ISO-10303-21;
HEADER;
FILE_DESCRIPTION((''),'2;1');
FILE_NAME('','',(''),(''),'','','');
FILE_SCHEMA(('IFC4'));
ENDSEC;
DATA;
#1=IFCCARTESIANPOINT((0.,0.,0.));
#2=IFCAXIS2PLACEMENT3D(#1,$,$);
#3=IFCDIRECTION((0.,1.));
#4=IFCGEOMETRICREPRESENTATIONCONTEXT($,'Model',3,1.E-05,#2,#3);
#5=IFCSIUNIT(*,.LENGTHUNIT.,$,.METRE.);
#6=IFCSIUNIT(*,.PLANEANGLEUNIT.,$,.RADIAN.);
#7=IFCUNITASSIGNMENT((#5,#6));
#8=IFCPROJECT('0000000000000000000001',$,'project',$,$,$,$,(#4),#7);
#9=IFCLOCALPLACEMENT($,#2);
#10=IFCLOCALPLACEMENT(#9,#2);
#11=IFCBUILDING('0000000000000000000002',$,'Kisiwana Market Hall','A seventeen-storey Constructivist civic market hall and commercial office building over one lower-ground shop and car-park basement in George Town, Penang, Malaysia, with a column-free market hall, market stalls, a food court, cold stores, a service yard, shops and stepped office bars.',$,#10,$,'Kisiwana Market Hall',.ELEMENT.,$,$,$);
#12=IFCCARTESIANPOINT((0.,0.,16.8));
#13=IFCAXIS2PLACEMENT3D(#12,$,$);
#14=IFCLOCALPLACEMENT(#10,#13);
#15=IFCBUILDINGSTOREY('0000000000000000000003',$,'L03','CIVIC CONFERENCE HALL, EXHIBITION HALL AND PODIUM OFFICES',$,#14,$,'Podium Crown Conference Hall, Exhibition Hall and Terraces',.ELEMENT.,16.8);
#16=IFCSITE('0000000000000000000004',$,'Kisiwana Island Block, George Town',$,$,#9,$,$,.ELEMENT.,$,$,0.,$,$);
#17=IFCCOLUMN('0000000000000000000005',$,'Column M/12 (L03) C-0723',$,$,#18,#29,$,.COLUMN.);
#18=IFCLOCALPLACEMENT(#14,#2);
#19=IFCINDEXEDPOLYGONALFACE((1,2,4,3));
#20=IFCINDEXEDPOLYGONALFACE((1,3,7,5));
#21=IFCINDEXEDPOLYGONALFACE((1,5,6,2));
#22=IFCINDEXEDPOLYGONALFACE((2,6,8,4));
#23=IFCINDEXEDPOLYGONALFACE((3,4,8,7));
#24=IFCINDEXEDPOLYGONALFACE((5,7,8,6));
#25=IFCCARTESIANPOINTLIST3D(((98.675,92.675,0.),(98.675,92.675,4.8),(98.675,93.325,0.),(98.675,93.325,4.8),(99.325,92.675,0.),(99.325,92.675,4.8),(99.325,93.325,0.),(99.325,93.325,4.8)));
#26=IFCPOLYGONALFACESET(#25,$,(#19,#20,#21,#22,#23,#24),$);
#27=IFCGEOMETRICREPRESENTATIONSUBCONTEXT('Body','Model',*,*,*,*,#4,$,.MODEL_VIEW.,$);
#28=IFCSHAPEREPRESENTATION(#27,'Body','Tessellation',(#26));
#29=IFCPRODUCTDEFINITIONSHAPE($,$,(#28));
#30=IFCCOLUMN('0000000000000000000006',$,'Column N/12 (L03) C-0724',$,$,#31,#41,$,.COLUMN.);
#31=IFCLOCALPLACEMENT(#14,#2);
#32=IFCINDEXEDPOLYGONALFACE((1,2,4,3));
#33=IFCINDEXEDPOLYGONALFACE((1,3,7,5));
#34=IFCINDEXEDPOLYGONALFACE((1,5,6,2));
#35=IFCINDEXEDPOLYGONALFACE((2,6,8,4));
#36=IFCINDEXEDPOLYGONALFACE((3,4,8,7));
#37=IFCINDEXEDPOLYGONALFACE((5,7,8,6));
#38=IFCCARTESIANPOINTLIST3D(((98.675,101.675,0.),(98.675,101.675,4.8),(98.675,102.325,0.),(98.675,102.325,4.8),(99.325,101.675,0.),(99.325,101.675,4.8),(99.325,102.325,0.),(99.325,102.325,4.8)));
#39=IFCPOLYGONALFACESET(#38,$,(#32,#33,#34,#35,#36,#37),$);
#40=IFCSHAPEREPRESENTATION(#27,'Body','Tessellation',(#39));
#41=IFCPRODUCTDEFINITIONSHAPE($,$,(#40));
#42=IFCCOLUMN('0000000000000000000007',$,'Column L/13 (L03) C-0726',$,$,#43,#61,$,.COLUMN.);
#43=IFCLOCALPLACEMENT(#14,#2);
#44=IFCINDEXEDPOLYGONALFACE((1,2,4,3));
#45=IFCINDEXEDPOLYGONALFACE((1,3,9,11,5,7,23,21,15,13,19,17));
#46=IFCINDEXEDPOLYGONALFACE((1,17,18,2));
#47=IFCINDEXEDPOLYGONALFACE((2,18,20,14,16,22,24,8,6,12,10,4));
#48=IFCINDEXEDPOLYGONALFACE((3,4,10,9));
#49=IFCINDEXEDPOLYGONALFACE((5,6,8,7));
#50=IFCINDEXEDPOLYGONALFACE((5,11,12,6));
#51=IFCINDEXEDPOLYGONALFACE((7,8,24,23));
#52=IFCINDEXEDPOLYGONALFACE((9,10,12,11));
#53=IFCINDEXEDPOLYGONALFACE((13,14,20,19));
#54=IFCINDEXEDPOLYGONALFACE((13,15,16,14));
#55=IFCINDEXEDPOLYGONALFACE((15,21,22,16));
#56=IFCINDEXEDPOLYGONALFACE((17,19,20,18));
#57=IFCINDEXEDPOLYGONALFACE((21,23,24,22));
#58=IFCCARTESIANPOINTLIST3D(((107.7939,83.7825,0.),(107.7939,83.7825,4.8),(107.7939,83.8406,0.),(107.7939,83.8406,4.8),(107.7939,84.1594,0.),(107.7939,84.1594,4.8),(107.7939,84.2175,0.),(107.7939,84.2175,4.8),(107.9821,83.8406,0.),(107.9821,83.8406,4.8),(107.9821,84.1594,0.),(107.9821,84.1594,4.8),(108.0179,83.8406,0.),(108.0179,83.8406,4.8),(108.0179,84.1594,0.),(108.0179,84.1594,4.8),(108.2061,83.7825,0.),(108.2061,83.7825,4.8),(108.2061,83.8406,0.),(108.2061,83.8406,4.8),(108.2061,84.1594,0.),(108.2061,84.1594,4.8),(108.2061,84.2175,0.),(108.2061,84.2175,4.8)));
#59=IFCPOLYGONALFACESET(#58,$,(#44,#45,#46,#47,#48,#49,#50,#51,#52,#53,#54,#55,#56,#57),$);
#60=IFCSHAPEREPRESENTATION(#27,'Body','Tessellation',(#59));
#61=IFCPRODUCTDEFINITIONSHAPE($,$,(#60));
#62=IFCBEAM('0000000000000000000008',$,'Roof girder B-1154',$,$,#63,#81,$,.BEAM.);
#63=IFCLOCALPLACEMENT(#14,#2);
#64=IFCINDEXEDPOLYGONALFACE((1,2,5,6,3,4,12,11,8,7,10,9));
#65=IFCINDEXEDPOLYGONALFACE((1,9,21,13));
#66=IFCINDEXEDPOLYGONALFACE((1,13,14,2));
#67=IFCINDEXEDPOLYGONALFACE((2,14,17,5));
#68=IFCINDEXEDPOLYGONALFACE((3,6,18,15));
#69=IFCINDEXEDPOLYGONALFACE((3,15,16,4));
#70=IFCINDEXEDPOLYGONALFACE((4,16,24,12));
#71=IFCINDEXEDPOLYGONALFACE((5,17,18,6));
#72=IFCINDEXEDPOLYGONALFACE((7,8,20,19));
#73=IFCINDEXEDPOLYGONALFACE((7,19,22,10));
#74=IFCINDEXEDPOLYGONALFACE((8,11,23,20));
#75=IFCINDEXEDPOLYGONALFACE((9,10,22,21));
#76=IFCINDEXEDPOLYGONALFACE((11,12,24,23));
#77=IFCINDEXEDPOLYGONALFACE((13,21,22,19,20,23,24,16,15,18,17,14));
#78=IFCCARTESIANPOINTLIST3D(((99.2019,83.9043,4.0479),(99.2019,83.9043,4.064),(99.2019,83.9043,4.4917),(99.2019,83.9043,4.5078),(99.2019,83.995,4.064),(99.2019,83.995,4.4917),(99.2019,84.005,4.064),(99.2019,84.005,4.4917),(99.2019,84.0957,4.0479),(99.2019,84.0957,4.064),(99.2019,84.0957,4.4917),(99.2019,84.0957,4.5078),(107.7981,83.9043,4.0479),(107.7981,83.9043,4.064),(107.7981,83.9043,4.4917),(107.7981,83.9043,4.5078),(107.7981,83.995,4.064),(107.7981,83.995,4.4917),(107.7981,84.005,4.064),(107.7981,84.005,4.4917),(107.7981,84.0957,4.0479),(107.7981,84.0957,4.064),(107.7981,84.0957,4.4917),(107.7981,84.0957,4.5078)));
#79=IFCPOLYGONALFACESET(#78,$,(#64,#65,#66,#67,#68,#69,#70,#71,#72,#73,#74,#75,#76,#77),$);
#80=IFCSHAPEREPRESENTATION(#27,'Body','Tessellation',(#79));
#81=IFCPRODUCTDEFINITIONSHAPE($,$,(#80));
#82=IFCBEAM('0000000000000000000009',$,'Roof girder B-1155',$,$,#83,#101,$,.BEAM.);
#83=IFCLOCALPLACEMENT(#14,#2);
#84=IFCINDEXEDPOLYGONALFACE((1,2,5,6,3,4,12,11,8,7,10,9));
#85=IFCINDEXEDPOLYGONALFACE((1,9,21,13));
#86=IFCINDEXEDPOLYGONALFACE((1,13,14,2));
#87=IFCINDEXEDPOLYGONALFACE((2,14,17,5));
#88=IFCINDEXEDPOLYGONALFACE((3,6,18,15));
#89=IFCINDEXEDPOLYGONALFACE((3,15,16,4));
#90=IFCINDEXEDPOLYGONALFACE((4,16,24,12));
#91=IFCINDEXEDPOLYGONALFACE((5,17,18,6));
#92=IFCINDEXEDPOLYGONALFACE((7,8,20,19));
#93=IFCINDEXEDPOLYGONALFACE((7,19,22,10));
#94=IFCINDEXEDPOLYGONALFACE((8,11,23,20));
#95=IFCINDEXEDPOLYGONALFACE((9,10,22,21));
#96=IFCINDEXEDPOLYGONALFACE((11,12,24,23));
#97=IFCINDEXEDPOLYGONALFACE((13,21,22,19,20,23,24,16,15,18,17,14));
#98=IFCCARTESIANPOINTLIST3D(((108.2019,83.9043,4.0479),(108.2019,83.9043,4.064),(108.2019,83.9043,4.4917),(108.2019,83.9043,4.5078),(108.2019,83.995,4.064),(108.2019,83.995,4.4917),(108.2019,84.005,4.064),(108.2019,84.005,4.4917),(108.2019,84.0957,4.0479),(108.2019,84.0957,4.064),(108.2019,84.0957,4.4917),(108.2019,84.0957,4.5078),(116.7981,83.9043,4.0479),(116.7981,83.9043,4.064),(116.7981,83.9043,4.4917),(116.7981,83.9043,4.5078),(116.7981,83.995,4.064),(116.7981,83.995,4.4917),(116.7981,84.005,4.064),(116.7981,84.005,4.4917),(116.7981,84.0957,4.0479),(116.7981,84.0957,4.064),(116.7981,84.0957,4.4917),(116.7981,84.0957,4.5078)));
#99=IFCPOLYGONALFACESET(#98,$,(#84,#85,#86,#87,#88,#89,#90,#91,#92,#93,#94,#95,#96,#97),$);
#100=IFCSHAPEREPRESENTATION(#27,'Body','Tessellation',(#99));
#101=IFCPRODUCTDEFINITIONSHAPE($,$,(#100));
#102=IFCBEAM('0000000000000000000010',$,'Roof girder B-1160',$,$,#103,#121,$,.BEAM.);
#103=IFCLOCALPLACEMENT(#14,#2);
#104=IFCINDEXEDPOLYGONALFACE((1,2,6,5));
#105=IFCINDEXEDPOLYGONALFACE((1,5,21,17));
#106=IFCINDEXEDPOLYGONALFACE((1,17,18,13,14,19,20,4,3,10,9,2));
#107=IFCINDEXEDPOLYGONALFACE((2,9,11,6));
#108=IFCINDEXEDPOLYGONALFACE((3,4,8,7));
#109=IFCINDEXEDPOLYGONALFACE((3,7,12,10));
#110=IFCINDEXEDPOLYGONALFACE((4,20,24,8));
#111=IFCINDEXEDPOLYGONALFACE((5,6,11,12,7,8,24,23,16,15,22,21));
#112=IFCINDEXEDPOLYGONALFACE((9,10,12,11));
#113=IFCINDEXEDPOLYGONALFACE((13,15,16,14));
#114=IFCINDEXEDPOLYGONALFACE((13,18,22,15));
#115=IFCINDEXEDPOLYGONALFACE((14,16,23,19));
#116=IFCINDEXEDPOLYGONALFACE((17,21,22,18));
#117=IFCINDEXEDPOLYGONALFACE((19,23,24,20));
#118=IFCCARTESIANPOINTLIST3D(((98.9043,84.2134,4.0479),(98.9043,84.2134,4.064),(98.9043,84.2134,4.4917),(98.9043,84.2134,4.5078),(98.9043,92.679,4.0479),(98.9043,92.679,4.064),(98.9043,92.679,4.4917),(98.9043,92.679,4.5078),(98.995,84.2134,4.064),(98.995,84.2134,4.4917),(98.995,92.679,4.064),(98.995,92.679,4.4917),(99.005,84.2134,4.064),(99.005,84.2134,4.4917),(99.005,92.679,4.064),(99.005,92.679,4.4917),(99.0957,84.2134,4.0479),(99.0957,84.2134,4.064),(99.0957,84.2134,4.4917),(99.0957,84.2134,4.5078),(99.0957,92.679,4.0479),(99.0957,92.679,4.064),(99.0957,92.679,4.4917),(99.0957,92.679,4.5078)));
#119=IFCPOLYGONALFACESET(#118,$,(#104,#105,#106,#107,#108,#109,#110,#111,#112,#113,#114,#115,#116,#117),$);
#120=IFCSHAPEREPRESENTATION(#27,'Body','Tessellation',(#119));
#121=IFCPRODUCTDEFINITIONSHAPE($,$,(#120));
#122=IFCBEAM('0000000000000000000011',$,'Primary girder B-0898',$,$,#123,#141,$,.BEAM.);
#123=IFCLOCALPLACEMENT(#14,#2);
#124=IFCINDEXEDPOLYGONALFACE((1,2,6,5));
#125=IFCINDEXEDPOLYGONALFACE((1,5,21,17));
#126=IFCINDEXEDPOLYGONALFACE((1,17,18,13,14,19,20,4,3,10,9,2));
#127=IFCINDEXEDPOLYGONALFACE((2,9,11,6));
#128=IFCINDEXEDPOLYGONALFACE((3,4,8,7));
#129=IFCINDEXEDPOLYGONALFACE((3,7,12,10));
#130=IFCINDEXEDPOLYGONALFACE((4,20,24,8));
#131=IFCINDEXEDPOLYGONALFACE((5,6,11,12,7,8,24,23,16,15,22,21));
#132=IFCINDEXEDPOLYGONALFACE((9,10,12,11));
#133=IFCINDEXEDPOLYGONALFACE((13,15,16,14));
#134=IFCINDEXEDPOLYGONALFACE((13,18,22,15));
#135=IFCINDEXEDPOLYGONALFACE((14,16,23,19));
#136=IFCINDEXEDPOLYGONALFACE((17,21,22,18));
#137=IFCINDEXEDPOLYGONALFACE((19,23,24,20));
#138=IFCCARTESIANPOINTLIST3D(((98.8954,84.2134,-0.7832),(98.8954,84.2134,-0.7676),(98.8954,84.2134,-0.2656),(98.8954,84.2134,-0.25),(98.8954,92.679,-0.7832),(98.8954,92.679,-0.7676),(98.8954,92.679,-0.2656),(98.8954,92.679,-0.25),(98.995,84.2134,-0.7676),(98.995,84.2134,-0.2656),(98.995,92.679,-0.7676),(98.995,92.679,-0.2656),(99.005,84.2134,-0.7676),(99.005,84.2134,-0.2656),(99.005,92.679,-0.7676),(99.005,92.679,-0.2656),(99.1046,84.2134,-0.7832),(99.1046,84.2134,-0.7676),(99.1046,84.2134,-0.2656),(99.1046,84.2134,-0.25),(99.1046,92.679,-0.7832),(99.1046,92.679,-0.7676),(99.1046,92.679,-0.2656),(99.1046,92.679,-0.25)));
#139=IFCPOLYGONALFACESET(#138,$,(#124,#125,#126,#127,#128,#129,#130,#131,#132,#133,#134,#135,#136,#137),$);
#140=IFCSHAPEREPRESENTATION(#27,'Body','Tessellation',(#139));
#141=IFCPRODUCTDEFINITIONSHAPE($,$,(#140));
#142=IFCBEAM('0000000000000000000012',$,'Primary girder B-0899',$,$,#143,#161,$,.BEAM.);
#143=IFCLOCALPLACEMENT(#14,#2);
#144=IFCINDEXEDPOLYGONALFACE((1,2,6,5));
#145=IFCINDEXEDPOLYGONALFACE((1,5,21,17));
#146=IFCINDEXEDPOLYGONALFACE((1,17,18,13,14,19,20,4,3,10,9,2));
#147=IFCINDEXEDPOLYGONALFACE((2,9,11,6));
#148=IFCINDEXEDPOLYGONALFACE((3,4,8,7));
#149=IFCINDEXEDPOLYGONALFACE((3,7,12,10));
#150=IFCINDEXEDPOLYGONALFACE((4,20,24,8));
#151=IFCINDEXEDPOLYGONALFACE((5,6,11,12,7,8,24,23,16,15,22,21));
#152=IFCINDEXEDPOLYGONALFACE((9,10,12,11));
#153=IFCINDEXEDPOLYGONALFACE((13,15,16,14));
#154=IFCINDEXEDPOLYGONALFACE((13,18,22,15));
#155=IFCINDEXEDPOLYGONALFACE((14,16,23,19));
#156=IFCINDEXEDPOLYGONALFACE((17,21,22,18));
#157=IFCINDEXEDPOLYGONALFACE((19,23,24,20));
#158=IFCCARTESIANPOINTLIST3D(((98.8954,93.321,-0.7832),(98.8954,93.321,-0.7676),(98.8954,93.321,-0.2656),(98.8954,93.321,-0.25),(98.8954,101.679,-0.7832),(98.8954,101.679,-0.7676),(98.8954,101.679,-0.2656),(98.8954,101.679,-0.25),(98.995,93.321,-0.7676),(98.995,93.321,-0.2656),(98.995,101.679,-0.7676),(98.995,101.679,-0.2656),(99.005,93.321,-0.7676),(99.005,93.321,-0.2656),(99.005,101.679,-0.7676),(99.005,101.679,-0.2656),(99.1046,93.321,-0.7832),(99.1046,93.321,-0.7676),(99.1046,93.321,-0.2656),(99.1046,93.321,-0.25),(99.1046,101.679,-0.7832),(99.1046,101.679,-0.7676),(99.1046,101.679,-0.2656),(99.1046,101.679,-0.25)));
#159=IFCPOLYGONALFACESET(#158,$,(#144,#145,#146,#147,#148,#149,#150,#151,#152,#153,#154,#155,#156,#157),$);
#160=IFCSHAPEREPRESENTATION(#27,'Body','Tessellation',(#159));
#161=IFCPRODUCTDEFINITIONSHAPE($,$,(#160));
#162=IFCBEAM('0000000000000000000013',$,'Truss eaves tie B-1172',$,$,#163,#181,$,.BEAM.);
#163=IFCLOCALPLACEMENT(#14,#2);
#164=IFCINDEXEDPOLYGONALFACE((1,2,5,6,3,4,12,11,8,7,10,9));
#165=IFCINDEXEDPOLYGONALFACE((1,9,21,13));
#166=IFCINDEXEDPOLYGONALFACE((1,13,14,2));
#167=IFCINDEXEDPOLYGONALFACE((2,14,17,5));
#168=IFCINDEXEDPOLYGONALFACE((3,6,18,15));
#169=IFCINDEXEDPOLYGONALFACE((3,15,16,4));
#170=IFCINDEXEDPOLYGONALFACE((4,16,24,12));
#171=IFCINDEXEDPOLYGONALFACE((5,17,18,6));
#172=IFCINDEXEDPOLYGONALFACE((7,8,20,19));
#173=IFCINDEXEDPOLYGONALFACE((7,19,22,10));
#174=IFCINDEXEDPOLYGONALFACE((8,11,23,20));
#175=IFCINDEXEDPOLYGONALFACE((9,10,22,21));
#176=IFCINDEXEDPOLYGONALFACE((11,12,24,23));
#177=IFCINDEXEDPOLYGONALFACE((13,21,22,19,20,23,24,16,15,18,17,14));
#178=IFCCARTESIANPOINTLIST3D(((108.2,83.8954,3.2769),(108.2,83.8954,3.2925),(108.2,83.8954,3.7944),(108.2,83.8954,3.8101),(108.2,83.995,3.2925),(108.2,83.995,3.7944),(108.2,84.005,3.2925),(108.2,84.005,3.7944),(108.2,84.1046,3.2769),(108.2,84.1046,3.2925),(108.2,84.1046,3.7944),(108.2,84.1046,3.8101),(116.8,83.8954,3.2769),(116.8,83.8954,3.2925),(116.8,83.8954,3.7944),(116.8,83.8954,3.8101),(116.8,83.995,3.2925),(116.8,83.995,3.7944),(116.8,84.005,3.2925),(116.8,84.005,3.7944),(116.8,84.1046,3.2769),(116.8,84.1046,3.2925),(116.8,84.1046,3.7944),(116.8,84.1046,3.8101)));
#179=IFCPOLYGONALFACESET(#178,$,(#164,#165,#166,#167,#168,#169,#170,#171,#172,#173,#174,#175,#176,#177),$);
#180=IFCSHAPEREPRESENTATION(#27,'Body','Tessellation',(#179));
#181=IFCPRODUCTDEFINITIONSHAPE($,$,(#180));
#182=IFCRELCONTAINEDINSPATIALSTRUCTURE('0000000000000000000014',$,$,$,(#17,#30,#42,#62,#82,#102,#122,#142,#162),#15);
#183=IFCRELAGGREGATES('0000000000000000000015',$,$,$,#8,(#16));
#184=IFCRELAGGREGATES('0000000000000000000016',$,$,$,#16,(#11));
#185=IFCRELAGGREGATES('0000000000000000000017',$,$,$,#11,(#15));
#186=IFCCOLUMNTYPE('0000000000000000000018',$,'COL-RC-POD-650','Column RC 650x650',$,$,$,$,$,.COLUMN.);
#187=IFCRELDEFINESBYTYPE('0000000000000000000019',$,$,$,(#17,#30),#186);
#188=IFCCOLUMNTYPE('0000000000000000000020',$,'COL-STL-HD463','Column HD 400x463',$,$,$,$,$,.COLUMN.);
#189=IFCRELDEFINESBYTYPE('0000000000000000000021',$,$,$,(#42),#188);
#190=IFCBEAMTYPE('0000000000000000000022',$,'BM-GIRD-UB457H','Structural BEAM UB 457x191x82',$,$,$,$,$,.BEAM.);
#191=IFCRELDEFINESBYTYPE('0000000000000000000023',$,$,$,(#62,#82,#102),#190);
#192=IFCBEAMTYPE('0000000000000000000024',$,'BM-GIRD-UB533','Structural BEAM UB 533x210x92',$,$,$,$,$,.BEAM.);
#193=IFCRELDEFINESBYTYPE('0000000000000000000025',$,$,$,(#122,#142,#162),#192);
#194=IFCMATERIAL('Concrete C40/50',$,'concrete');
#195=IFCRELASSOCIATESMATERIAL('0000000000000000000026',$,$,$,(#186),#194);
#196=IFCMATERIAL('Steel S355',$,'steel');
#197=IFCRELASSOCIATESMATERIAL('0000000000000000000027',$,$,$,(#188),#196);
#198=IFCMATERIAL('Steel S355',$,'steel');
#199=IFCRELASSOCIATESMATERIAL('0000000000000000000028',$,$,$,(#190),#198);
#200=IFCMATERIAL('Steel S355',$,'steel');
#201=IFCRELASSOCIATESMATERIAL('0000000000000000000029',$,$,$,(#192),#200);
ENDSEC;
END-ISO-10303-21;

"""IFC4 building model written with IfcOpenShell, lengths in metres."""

from ifc_helpers import new_model, si_unit, direction, frame, origin, origin_2d, place, context, subcontext, project, spatial, rectangle, i_section, extrude, material, material_profile, profile_set, type_object, element, save


model = new_model("IFC4")

# Units and contexts
model_context = context("Model", 3, precision=1e-05, world=origin(), true_north=direction((0.0, 1.0)))
body_context = subcontext(model_context, "Body", "Model", "MODEL_VIEW")
ifc_project = project(units=[si_unit("LENGTHUNIT", "METRE"), si_unit("PLANEANGLEUNIT", "RADIAN")], contexts=[model_context])

# Site, building, storey
site_placement = place(None, origin())
site = spatial("IfcSite", under=ifc_project, at=site_placement, Name="Kisiwana Island Block, George Town", CompositionType="ELEMENT", RefElevation=0.0)
building_placement = place(site_placement, origin())
building = spatial("IfcBuilding", under=site, at=building_placement, Name="Kisiwana Market Hall", Description="A seventeen-storey Constructivist civic market hall and commercial office building over one lower-ground shop and car-park basement in George Town, Penang, Malaysia, with a column-free market hall, market stalls, a food court, cold stores, a service yard, shops and stepped office bars.", LongName="Kisiwana Market Hall", CompositionType="ELEMENT")
storey_placement = place(building_placement, frame((0.0, 0.0, 16.8)))
storey = spatial("IfcBuildingStorey", under=building, at=storey_placement, Name="L03", Description="CIVIC CONFERENCE HALL, EXHIBITION HALL AND PODIUM OFFICES", LongName="Podium Crown Conference Hall, Exhibition Hall and Terraces", CompositionType="ELEMENT", Elevation=16.8)

# Columns
ifc_material_1 = material(Name="Concrete C40/50", Category="concrete")
ifc_material_profile_1 = material_profile(ifc_material_1, rectangle(XDim=0.6499, YDim=0.6499, at=origin_2d()), Name="RC 650x650")
ifc_profile_set_1 = profile_set([ifc_material_profile_1], Name="Concrete C40/50")
column_type_1 = type_object("IfcColumnType", Name="COL-RC-POD-650", Description="Column RC 650x650", PredefinedType="COLUMN", material=ifc_profile_set_1)
for number, where, z_axis, x_axis, name in (
    (1, (99.0, 93.0, 0.0), (0.0, 0.0, 1.0), (1.0, 0.0, 0.0), "Column M/12 (L03) C-0723"),
    (2, (99.0, 102.0, 0.0), (0.0, 0.0, 1.0), (1.0, 0.0, 0.0), "Column N/12 (L03) C-0724"),
):
    element("IfcColumn", number, at=place(storey_placement, frame(where, z_axis=z_axis, x_axis=x_axis)), inside=storey, type_object=column_type_1, Name=name, PredefinedType="COLUMN", context=body_context, shape_type="SweptSolid", body=[
        extrude(rectangle(XDim=0.6499, YDim=0.6499, at=origin_2d()), origin(), (0.0, 0.0, 1.0), 4.8),
    ])
ifc_material_2 = material(Name="Steel S355", Category="steel")
ifc_material_profile_2 = material_profile(ifc_material_2, i_section(OverallWidth=0.4121, OverallDepth=0.4351, WebThickness=0.0359, FlangeThickness=0.0581, at=origin_2d()), Name="HD 400x463")
ifc_profile_set_2 = profile_set([ifc_material_profile_2], Name="Steel S355")
column_type_2 = type_object("IfcColumnType", Name="COL-STL-HD463", Description="Column HD 400x463", PredefinedType="COLUMN", material=ifc_profile_set_2)
column_placement = place(storey_placement, frame((108.0, 84.0, 0.0), z_axis=(0.0, 0.0, 1.0), x_axis=(1.0, 0.0, 0.0)))
element("IfcColumn", 3, at=column_placement, inside=storey, type_object=column_type_2, Name="Column L/13 (L03) C-0726", PredefinedType="COLUMN", context=body_context, shape_type="SweptSolid", body=[
    extrude(i_section(OverallWidth=0.4121, OverallDepth=0.4351, WebThickness=0.0359, FlangeThickness=0.0581, at=origin_2d()), origin(), (0.0, 0.0, 1.0), 4.8),
])

# Beams
ifc_material_3 = material(Name="Steel S355", Category="steel")
ifc_material_profile_3 = material_profile(ifc_material_3, i_section(OverallWidth=0.1914, OverallDepth=0.46, WebThickness=0.01, FlangeThickness=0.0161, at=origin_2d()), Name="UB 457x191x82")
ifc_profile_set_3 = profile_set([ifc_material_profile_3], Name="Steel S355")
beam_type_1 = type_object("IfcBeamType", Name="BM-GIRD-UB457H", Description="Structural BEAM UB 457x191x82", PredefinedType="BEAM", material=ifc_profile_set_3)
for number, where, z_axis, x_axis, name in (
    (4, (99.2019, 84.0, 4.2778), (1.0, 0.0, 0.0), (0.0, 1.0, 0.0), "Roof girder B-1154"),
    (5, (108.2019, 84.0, 4.2778), (1.0, 0.0, 0.0), (0.0, 1.0, 0.0), "Roof girder B-1155"),
):
    element("IfcBeam", number, at=place(storey_placement, frame(where, z_axis=z_axis, x_axis=x_axis)), inside=storey, type_object=beam_type_1, Name=name, PredefinedType="BEAM", context=body_context, shape_type="SweptSolid", body=[
        extrude(i_section(OverallWidth=0.1914, OverallDepth=0.46, WebThickness=0.01, FlangeThickness=0.0161, at=origin_2d()), origin(), (0.0, 0.0, 1.0), 8.5962),
    ])
beam_1_placement = place(storey_placement, frame((99.0, 84.2134, 4.2778), z_axis=(0.0, 1.0, 0.0), x_axis=(-1.0, 0.0, 0.0)))
element("IfcBeam", 6, at=beam_1_placement, inside=storey, type_object=beam_type_1, Name="Roof girder B-1160", PredefinedType="BEAM", context=body_context, shape_type="SweptSolid", body=[
    extrude(i_section(OverallWidth=0.1914, OverallDepth=0.46, WebThickness=0.01, FlangeThickness=0.0161, at=origin_2d()), origin(), (0.0, 0.0, 1.0), 8.4656),
])
ifc_material_4 = material(Name="Steel S355", Category="steel")
ifc_material_profile_4 = material_profile(ifc_material_4, i_section(OverallWidth=0.2092, OverallDepth=0.5332, WebThickness=0.01, FlangeThickness=0.0156, at=origin_2d()), Name="UB 533x210x92")
ifc_profile_set_4 = profile_set([ifc_material_profile_4], Name="Steel S355")
beam_type_2 = type_object("IfcBeamType", Name="BM-GIRD-UB533", Description="Structural BEAM UB 533x210x92", PredefinedType="BEAM", material=ifc_profile_set_4)
beam_2_placement = place(storey_placement, frame((99.0, 84.2134, -0.5166), z_axis=(0.0, 1.0, 0.0), x_axis=(-1.0, 0.0, 0.0)))
element("IfcBeam", 7, at=beam_2_placement, inside=storey, type_object=beam_type_2, Name="Primary girder B-0898", PredefinedType="BEAM", context=body_context, shape_type="SweptSolid", body=[
    extrude(i_section(OverallWidth=0.2092, OverallDepth=0.5332, WebThickness=0.01, FlangeThickness=0.0156, at=origin_2d()), origin(), (0.0, 0.0, 1.0), 8.4656),
])
beam_3_placement = place(storey_placement, frame((99.0, 93.321, -0.5166), z_axis=(0.0, 1.0, 0.0), x_axis=(-1.0, 0.0, 0.0)))
element("IfcBeam", 8, at=beam_3_placement, inside=storey, type_object=beam_type_2, Name="Primary girder B-0899", PredefinedType="BEAM", context=body_context, shape_type="SweptSolid", body=[
    extrude(i_section(OverallWidth=0.2092, OverallDepth=0.5332, WebThickness=0.01, FlangeThickness=0.0156, at=origin_2d()), origin(), (0.0, 0.0, 1.0), 8.3579),
])
beam_4_placement = place(storey_placement, frame((108.2, 84.0, 3.5435), z_axis=(1.0, 0.0, 0.0), x_axis=(0.0, 1.0, 0.0)))
element("IfcBeam", 9, at=beam_4_placement, inside=storey, type_object=beam_type_2, Name="Truss eaves tie B-1172", PredefinedType="BEAM", context=body_context, shape_type="SweptSolid", body=[
    extrude(i_section(OverallWidth=0.2092, OverallDepth=0.5332, WebThickness=0.01, FlangeThickness=0.0156, at=origin_2d()), origin(), (0.0, 0.0, 1.0), 8.6001),
])

save(model, "model.ifc")
